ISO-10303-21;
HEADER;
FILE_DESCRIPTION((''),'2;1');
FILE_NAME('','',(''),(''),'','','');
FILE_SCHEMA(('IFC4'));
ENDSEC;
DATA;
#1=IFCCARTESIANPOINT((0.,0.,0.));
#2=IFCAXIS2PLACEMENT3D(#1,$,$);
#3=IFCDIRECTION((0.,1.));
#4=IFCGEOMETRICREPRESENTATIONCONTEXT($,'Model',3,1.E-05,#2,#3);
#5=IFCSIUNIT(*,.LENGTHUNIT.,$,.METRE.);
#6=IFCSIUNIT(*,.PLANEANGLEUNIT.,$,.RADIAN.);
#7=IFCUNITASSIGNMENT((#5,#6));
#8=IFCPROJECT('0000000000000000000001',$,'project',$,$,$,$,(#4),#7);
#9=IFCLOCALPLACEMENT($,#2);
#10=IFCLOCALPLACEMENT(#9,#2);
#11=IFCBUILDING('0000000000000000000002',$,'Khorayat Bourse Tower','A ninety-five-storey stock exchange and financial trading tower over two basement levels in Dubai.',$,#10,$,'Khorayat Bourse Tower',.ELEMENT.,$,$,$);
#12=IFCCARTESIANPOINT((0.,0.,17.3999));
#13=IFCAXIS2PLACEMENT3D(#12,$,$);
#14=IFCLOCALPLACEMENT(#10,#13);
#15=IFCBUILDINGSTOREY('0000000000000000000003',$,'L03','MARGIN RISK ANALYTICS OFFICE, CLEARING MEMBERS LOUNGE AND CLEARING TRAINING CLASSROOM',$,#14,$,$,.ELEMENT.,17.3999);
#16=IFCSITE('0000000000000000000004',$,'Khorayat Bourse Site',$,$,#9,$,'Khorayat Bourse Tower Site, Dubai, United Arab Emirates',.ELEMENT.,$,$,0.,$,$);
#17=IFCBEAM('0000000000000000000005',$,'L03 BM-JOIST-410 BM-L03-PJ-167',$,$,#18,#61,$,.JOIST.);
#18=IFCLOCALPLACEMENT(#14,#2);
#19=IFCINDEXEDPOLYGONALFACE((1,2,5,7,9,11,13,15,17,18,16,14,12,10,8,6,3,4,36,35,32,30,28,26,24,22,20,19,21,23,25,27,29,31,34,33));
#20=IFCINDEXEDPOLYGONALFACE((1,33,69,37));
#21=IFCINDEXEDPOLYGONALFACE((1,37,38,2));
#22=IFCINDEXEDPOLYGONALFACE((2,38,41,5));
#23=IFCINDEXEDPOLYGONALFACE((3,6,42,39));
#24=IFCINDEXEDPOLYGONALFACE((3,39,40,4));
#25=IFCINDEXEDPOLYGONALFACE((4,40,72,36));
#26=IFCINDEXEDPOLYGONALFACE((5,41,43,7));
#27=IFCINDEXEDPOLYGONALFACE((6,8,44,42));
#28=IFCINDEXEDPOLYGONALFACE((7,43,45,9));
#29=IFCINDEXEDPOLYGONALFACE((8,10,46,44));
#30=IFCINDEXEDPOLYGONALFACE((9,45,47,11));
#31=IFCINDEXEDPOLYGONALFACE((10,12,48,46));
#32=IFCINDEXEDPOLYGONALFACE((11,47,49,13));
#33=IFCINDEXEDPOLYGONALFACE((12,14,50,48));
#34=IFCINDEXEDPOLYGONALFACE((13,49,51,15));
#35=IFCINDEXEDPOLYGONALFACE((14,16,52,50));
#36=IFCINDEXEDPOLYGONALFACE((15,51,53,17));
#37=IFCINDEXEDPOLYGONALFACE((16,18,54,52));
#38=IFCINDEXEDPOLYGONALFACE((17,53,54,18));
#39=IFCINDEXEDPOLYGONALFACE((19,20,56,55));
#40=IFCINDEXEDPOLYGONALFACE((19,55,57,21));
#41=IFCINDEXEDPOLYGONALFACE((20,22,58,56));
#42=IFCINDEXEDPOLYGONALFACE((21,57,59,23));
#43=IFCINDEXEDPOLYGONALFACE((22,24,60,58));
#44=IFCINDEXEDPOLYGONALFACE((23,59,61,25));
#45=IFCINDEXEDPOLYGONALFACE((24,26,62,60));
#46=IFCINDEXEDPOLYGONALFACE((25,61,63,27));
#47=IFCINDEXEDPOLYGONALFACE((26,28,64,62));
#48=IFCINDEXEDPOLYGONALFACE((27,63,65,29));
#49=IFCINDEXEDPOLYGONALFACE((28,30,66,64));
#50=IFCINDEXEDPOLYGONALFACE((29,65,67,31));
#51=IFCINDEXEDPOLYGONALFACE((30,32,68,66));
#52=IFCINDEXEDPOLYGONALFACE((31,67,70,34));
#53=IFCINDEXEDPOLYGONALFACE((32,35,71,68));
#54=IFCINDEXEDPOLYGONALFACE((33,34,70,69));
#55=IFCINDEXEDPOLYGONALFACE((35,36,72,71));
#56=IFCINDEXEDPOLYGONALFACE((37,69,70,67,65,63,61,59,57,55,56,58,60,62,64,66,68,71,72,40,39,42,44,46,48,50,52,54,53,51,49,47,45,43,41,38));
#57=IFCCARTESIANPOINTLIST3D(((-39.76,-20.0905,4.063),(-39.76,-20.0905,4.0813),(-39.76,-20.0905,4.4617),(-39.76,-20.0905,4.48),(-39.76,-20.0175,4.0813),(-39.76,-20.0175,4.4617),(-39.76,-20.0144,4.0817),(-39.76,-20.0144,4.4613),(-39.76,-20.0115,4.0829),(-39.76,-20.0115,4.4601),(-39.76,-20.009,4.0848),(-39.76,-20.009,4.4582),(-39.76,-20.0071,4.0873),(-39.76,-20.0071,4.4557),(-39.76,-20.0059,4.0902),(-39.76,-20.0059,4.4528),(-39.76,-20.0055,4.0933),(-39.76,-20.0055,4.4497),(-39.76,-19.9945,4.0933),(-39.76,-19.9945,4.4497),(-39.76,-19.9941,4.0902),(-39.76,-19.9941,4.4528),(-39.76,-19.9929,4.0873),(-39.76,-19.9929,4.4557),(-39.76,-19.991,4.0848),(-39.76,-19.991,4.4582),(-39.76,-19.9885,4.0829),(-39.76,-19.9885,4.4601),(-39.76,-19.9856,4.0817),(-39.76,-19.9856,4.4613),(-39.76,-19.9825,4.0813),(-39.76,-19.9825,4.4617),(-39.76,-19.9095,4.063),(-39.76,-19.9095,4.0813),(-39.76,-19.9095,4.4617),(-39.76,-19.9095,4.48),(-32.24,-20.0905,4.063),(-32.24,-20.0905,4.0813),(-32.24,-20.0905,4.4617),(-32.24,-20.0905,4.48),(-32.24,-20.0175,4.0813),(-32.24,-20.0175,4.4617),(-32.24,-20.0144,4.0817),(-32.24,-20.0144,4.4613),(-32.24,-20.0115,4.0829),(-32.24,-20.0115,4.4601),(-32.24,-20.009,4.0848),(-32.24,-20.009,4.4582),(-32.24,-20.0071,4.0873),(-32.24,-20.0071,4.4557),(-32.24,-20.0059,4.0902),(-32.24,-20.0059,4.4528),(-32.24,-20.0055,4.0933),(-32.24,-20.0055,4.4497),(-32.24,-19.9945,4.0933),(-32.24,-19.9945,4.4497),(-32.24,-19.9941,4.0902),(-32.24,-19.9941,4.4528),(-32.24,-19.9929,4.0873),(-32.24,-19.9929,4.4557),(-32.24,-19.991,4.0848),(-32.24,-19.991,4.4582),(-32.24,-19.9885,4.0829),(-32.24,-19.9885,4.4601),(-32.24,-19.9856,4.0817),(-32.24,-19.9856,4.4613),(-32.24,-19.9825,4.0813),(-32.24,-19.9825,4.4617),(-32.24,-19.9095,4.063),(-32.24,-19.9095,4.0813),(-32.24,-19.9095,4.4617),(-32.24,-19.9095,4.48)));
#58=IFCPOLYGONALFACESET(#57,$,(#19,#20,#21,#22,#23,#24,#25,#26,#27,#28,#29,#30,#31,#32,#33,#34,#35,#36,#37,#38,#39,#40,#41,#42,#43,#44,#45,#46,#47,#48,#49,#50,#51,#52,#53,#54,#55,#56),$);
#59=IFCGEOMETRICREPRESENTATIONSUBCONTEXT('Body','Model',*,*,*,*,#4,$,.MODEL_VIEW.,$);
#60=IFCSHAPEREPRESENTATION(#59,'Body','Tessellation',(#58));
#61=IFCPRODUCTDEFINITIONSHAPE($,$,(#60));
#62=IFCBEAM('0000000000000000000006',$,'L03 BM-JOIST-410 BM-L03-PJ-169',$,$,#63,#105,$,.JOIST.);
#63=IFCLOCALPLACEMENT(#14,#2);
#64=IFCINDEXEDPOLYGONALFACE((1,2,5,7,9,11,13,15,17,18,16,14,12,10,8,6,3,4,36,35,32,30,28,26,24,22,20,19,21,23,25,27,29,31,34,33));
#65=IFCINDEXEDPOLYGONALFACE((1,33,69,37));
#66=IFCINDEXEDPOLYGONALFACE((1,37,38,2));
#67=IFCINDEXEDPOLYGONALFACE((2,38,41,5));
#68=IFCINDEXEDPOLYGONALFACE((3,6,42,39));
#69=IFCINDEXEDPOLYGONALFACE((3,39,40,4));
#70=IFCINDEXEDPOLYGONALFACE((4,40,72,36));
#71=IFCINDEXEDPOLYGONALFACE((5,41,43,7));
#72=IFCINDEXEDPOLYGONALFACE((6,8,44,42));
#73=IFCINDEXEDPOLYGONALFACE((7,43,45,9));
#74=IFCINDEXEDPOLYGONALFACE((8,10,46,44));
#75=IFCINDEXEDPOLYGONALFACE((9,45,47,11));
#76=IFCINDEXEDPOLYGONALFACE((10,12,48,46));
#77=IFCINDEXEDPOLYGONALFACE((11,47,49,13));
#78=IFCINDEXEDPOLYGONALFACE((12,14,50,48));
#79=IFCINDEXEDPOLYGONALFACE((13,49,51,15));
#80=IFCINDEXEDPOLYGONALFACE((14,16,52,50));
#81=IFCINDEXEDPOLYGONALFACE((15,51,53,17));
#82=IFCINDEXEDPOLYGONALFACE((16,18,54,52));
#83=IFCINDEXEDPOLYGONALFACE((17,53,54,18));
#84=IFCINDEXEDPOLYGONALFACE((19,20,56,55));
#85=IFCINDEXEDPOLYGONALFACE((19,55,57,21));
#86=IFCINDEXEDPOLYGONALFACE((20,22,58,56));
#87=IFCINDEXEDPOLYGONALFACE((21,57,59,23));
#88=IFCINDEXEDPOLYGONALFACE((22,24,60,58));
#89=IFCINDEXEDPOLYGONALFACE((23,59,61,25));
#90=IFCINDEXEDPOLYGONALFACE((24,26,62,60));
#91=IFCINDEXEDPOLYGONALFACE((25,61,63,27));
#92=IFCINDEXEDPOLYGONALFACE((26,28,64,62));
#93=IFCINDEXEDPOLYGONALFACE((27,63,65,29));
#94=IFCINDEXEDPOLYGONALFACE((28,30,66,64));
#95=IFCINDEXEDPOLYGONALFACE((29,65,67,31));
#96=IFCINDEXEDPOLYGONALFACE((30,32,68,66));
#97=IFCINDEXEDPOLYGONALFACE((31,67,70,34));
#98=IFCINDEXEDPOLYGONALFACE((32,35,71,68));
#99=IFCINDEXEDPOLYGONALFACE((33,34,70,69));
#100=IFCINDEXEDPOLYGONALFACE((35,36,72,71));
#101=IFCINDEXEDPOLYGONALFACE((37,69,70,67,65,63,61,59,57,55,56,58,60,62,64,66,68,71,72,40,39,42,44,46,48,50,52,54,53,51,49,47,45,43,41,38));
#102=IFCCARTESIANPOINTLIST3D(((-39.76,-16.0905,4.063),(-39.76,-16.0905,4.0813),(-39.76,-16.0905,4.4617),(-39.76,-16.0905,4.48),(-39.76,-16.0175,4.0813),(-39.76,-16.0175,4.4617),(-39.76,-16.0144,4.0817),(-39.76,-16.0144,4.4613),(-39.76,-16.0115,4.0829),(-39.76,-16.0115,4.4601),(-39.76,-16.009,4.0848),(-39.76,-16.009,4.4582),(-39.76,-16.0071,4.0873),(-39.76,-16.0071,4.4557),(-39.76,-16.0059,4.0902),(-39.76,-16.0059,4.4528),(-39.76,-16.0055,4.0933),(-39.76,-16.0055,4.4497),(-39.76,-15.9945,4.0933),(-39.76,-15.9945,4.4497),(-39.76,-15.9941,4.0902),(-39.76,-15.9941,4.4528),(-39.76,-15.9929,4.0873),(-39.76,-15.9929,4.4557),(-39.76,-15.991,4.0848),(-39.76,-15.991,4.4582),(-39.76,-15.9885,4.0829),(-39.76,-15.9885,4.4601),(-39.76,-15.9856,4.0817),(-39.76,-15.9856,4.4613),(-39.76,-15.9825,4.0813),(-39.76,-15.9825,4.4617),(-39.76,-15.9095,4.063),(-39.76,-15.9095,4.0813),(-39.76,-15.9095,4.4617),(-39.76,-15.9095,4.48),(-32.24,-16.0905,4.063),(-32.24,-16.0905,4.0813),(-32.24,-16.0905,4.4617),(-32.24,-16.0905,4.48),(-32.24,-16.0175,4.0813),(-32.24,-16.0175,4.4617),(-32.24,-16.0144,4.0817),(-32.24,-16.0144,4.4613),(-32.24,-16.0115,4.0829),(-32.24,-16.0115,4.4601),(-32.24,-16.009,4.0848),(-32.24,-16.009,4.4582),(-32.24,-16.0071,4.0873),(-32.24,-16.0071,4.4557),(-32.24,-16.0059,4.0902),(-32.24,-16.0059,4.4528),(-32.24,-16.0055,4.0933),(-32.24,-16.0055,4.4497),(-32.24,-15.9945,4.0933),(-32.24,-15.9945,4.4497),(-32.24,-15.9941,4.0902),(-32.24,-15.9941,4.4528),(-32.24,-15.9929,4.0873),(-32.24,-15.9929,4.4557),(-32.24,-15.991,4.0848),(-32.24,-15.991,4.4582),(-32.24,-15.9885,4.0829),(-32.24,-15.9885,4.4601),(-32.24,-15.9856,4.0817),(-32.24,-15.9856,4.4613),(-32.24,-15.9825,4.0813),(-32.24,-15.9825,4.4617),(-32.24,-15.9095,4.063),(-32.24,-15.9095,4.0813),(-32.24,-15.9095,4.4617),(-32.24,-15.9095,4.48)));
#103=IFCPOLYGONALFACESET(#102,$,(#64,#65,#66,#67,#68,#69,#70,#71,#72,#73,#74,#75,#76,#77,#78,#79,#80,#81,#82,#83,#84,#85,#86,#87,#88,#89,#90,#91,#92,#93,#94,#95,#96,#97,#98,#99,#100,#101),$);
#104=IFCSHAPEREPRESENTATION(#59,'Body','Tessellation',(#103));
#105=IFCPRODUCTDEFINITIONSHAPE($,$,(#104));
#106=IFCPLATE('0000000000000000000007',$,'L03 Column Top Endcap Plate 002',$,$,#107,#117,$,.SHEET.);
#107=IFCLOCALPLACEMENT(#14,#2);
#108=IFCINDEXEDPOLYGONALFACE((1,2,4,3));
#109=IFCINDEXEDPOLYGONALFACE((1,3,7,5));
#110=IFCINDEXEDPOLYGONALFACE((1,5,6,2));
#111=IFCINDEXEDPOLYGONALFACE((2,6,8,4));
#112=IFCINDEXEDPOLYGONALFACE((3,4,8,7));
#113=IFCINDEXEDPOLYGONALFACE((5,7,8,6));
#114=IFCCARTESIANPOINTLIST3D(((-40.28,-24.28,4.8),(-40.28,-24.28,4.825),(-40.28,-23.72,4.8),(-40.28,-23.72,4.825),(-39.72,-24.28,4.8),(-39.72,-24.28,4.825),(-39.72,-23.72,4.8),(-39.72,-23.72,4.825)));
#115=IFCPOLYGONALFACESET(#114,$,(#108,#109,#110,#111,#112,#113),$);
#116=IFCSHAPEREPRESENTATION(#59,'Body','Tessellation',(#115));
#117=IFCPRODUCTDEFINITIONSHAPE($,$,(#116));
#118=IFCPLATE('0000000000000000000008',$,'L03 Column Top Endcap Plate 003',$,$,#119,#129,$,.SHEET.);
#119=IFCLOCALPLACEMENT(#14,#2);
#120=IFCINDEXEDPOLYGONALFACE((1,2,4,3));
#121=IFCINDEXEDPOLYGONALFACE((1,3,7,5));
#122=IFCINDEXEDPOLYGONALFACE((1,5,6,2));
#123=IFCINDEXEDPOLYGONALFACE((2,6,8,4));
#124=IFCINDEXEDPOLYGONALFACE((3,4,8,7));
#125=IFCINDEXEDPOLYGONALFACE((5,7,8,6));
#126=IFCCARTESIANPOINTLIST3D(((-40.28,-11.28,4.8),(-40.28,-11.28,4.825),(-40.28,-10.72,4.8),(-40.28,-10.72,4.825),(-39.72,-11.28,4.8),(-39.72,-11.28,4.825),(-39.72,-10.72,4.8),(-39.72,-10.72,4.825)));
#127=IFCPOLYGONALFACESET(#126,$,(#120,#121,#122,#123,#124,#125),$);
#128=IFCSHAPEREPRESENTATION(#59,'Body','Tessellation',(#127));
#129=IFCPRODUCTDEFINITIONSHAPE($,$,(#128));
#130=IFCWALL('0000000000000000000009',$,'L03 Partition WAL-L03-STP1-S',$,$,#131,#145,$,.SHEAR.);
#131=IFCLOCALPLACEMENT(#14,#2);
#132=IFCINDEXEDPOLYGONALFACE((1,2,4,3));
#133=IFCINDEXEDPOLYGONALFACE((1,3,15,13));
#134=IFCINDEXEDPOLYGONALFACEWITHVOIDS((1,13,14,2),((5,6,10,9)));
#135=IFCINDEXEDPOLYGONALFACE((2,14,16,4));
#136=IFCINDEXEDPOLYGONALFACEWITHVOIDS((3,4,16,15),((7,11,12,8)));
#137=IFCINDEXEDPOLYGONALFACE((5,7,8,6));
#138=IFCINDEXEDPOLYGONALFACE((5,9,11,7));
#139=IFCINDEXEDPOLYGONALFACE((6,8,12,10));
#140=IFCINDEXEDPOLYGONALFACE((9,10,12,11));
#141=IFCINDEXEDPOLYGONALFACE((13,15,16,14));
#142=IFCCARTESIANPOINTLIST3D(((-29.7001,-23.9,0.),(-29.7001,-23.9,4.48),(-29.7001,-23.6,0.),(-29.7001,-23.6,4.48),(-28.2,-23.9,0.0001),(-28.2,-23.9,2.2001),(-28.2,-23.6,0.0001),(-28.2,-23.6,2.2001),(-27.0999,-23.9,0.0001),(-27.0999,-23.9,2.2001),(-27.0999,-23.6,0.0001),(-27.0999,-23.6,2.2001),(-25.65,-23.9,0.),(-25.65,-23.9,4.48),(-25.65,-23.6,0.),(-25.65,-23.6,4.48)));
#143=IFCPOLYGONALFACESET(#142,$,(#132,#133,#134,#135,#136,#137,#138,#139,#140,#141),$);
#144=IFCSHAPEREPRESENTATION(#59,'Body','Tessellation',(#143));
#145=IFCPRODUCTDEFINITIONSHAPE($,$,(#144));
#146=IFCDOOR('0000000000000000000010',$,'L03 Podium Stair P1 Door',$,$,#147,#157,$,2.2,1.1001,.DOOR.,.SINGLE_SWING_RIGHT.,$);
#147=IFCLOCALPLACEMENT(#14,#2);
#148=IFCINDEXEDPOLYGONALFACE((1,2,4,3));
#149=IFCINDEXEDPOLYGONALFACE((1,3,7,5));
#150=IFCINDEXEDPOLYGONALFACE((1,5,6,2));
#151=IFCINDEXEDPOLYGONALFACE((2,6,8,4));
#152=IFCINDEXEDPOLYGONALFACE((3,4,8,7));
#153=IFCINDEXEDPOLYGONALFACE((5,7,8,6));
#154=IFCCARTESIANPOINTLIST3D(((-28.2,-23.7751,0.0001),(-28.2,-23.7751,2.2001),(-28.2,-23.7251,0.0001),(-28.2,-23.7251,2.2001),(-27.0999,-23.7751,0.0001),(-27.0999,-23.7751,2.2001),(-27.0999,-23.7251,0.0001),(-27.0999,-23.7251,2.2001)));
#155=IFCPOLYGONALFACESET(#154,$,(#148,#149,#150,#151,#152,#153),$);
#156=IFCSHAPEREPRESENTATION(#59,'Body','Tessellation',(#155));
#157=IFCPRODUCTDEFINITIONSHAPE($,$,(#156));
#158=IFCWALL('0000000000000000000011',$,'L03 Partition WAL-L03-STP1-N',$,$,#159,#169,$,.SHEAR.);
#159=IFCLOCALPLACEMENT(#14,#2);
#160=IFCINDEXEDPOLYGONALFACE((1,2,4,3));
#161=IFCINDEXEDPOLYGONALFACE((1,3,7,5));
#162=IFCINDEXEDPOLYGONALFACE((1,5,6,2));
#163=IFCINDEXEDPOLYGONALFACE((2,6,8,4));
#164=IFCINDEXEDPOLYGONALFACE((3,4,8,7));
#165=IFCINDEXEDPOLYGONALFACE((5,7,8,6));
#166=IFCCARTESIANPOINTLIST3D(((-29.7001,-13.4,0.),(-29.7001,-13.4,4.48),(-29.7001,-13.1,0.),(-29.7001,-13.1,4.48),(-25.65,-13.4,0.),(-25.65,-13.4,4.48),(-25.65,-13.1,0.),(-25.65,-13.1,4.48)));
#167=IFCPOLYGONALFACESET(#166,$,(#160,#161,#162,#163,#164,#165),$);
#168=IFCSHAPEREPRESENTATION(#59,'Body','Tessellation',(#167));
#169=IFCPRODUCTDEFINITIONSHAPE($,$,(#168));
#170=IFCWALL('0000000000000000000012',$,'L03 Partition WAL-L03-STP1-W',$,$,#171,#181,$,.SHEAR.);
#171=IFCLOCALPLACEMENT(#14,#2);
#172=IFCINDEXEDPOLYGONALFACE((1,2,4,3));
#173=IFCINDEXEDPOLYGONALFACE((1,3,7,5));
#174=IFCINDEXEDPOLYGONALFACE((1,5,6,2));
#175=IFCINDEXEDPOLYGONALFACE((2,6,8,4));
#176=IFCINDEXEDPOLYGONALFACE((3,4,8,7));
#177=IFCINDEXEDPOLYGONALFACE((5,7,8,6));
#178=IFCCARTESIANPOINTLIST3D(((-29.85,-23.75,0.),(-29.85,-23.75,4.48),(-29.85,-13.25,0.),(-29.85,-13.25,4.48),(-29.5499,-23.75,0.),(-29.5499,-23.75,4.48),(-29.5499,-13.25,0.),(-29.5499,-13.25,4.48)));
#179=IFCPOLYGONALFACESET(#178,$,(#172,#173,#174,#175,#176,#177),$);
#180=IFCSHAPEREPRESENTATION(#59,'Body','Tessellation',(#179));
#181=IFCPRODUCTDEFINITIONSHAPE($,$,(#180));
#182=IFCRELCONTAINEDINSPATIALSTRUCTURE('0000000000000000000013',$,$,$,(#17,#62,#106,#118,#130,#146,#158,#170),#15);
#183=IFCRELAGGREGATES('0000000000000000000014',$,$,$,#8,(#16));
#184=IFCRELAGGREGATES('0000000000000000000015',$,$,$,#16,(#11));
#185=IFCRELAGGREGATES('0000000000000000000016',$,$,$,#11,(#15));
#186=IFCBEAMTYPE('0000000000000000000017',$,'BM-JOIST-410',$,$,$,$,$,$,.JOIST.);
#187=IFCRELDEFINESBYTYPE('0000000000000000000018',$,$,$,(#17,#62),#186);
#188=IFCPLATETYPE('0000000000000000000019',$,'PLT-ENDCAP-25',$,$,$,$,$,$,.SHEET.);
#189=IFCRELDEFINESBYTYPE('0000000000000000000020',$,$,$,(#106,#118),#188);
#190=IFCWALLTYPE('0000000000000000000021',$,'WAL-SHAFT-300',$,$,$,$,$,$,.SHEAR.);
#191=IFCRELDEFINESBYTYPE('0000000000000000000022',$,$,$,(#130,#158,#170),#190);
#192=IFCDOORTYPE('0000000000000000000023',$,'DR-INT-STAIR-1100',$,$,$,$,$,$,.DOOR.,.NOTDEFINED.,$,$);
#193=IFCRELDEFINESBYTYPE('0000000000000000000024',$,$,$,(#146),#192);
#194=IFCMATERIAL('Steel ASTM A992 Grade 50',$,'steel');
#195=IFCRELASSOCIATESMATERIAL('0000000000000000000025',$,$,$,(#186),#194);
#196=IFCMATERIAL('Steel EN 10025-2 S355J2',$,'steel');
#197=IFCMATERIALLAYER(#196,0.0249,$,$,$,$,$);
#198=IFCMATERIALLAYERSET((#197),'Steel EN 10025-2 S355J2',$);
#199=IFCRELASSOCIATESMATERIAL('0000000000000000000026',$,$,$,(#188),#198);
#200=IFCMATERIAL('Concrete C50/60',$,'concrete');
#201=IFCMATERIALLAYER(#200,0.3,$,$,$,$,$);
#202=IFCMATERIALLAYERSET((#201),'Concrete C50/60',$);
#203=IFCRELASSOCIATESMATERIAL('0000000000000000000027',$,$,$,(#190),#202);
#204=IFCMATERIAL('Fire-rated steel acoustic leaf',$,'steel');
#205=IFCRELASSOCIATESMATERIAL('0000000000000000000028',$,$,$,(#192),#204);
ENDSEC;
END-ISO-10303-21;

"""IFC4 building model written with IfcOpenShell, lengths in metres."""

from ifc_helpers import new_model, si_unit, direction, frame, frame_2d, origin, origin_2d, place, context, subcontext, project, spatial, rectangle, i_section, extrude, source, transform, mapped, material, layer, layer_set, material_profile, profile_set, type_object, element, fill, save


model = new_model("IFC4")

# Units and contexts
model_context = context("Model", 3, precision=1e-05, world=origin(), true_north=direction((0.0, 1.0)))
body_context = subcontext(model_context, "Body", "Model", "MODEL_VIEW")
ifc_project = project(units=[si_unit("LENGTHUNIT", "METRE"), si_unit("PLANEANGLEUNIT", "RADIAN")], contexts=[model_context])

# Site, building, storey
site_placement = place(None, origin())
site = spatial("IfcSite", under=ifc_project, at=site_placement, Name="Khorayat Bourse Site", LongName="Khorayat Bourse Tower Site, Dubai, United Arab Emirates", CompositionType="ELEMENT", RefElevation=0.0)
building_placement = place(site_placement, origin())
building = spatial("IfcBuilding", under=site, at=building_placement, Name="Khorayat Bourse Tower", Description="A ninety-five-storey stock exchange and financial trading tower over two basement levels in Dubai.", LongName="Khorayat Bourse Tower", CompositionType="ELEMENT")
storey_placement = place(building_placement, frame((0.0, 0.0, 17.3999)))
storey = spatial("IfcBuildingStorey", under=building, at=storey_placement, Name="L03", Description="MARGIN RISK ANALYTICS OFFICE, CLEARING MEMBERS LOUNGE AND CLEARING TRAINING CLASSROOM", CompositionType="ELEMENT", Elevation=17.3999)

# Shared definitions
ifc_material_1 = material(Name="Steel EN 10025-2 S355J2", Category="steel")

# Beams
ifc_material_2 = material(Name="Steel ASTM A992 Grade 50", Category="steel")
ifc_material_profile_1 = material_profile(ifc_material_2, i_section(OverallWidth=0.1809, OverallDepth=0.417, WebThickness=0.011, FlangeThickness=0.0183, FilletRadius=0.012, at=origin_2d()), Name="W410X85")
ifc_profile_set_1 = profile_set([ifc_material_profile_1], Name="Steel ASTM A992 Grade 50")
beam_type_1 = type_object("IfcBeamType", Name="BM-JOIST-410", PredefinedType="JOIST", material=ifc_profile_set_1)
shared_shape_1 = source(origin(), body_context, "Body", "SweptSolid", [
    extrude(i_section(OverallWidth=0.1809, OverallDepth=0.417, WebThickness=0.011, FlangeThickness=0.0183, FilletRadius=0.012, at=origin_2d()), origin(), (0.0, 0.0, 1.0), 7.52),
])
for number, where, z_axis, x_axis, name in (
    (1, (-39.76, -20.0, 4.2715), (1.0, 0.0, 0.0), (0.0, 1.0, 0.0), "L03 BM-JOIST-410 BM-L03-PJ-167"),
    (2, (-39.76, -16.0, 4.2715), (1.0, 0.0, 0.0), (0.0, 1.0, 0.0), "L03 BM-JOIST-410 BM-L03-PJ-169"),
):
    element("IfcBeam", number, at=place(storey_placement, frame(where, z_axis=z_axis, x_axis=x_axis)), inside=storey, type_object=beam_type_1, Name=name, PredefinedType="JOIST", context=body_context, shape_type="MappedRepresentation", body=[
        mapped(shared_shape_1, transform((0.0, 0.0, 0.0), scale=1.0)),
    ])

# Plates
ifc_layer_1 = layer(ifc_material_1, 0.0249)
ifc_layer_set_1 = layer_set([ifc_layer_1], Name="Steel EN 10025-2 S355J2")
plate_type = type_object("IfcPlateType", Name="PLT-ENDCAP-25", PredefinedType="SHEET", material=ifc_layer_set_1)
shared_shape_2 = source(origin(), body_context, "Body", "SweptSolid", [
    extrude(rectangle(XDim=0.5601, YDim=0.5601, at=origin_2d()), origin(), (0.0, 0.0, 1.0), 0.0249),
])
for number, where, z_axis, x_axis, name in (
    (3, (-40.0, -24.0, 4.8), (0.0, 0.0, 1.0), (1.0, 0.0, 0.0), "L03 Column Top Endcap Plate 002"),
    (4, (-40.0, -11.0, 4.8), (0.0, 0.0, 1.0), (1.0, 0.0, 0.0), "L03 Column Top Endcap Plate 003"),
):
    element("IfcPlate", number, at=place(storey_placement, frame(where, z_axis=z_axis, x_axis=x_axis)), inside=storey, type_object=plate_type, Name=name, PredefinedType="SHEET", context=body_context, shape_type="MappedRepresentation", body=[
        mapped(shared_shape_2, transform((0.0, 0.0, 0.0), scale=1.0)),
    ])

# Wall, opening, door
ifc_material_3 = material(Name="Concrete C50/60", Category="concrete")
ifc_layer_2 = layer(ifc_material_3, 0.3)
ifc_layer_set_2 = layer_set([ifc_layer_2], Name="Concrete C50/60")
wall_type_1 = type_object("IfcWallType", Name="WAL-SHAFT-300", PredefinedType="SHEAR", material=ifc_layer_set_2)
shared_shape_3 = source(origin(), body_context, "Body", "SweptSolid", [
    extrude(rectangle(XDim=4.05, YDim=0.3, at=frame_2d((2.0249, 0.0))), origin(), (0.0, 0.0, 1.0), 4.48),
])
wall_1_placement = place(storey_placement, frame((-29.7, -23.75, 0.0), z_axis=(0.0, 0.0, 1.0), x_axis=(1.0, 0.0, 0.0)))
wall_1 = element("IfcWall", 5, at=wall_1_placement, inside=storey, type_object=wall_type_1, Name="L03 Partition WAL-L03-STP1-S", PredefinedType="SHEAR", context=body_context, shape_type="MappedRepresentation", body=[
    mapped(shared_shape_3, transform((0.0, 0.0, 0.0), scale=1.0)),
])
shared_shape_4 = source(origin(), body_context, "Body", "SweptSolid", [
    extrude(rectangle(XDim=1.1001, YDim=2.2, at=frame_2d((0.55, 1.1001))), frame((0.0, 0.1599, 0.0), z_axis=(0.0, -1.0, 0.0), x_axis=(1.0, 0.0, 0.0)), (0.0, 0.0, 1.0), 0.3201),
])
opening_1_placement = place(wall_1_placement, frame((1.5, 0.0, 0.0)))
opening_1 = element("IfcOpeningElement", 6, at=opening_1_placement, cuts=wall_1, PredefinedType="OPENING", context=body_context, shape_type="MappedRepresentation", body=[
    mapped(shared_shape_4, transform((0.0, 0.0, 0.0), scale=1.0)),
])
ifc_material_4 = material(Name="Fire-rated steel acoustic leaf", Category="steel")
door_type_1 = type_object("IfcDoorType", Name="DR-INT-STAIR-1100", OperationType="NOTDEFINED", PredefinedType="DOOR", material=ifc_material_4)
shared_shape_5 = source(origin(), body_context, "Body", "SweptSolid", [
    extrude(rectangle(XDim=1.1001, YDim=2.2, at=frame_2d((0.55, 1.1001))), frame((0.0, 0.0249, 0.0), z_axis=(0.0, -1.0, 0.0), x_axis=(1.0, 0.0, 0.0)), (0.0, 0.0, 1.0), 0.05),
])
door_1_placement = place(opening_1_placement, origin())
door_1 = element("IfcDoor", 7, at=door_1_placement, inside=storey, type_object=door_type_1, Name="L03 Podium Stair P1 Door", OperationType="SINGLE_SWING_RIGHT", OverallHeight=2.2, OverallWidth=1.1001, PredefinedType="DOOR", context=body_context, shape_type="MappedRepresentation", body=[
    mapped(shared_shape_5, transform((0.0, 0.0, 0.0), scale=1.0)),
])
fill(opening_1, door_1)

# Walls
wall_2_placement = place(storey_placement, frame((-29.7, -13.25, 0.0), z_axis=(0.0, 0.0, 1.0), x_axis=(1.0, 0.0, 0.0)))
element("IfcWall", 8, at=wall_2_placement, inside=storey, type_object=wall_type_1, Name="L03 Partition WAL-L03-STP1-N", PredefinedType="SHEAR", context=body_context, shape_type="MappedRepresentation", body=[
    mapped(shared_shape_3, transform((0.0, 0.0, 0.0), scale=1.0)),
])
shared_shape_6 = source(origin(), body_context, "Body", "SweptSolid", [
    extrude(rectangle(XDim=10.5, YDim=0.3, at=frame_2d((5.25, 0.0))), origin(), (0.0, 0.0, 1.0), 4.48),
])
for number, where, z_axis, x_axis, name in (
    (9, (-29.7, -23.75, 0.0), (0.0, 0.0, 1.0), (0.0, 1.0, 0.0), "L03 Partition WAL-L03-STP1-W"),
):
    element("IfcWall", number, at=place(storey_placement, frame(where, z_axis=z_axis, x_axis=x_axis)), inside=storey, type_object=wall_type_1, Name=name, PredefinedType="SHEAR", context=body_context, shape_type="MappedRepresentation", body=[
        mapped(shared_shape_6, transform((0.0, 0.0, 0.0), scale=1.0)),
    ])

save(model, "model.ifc")
